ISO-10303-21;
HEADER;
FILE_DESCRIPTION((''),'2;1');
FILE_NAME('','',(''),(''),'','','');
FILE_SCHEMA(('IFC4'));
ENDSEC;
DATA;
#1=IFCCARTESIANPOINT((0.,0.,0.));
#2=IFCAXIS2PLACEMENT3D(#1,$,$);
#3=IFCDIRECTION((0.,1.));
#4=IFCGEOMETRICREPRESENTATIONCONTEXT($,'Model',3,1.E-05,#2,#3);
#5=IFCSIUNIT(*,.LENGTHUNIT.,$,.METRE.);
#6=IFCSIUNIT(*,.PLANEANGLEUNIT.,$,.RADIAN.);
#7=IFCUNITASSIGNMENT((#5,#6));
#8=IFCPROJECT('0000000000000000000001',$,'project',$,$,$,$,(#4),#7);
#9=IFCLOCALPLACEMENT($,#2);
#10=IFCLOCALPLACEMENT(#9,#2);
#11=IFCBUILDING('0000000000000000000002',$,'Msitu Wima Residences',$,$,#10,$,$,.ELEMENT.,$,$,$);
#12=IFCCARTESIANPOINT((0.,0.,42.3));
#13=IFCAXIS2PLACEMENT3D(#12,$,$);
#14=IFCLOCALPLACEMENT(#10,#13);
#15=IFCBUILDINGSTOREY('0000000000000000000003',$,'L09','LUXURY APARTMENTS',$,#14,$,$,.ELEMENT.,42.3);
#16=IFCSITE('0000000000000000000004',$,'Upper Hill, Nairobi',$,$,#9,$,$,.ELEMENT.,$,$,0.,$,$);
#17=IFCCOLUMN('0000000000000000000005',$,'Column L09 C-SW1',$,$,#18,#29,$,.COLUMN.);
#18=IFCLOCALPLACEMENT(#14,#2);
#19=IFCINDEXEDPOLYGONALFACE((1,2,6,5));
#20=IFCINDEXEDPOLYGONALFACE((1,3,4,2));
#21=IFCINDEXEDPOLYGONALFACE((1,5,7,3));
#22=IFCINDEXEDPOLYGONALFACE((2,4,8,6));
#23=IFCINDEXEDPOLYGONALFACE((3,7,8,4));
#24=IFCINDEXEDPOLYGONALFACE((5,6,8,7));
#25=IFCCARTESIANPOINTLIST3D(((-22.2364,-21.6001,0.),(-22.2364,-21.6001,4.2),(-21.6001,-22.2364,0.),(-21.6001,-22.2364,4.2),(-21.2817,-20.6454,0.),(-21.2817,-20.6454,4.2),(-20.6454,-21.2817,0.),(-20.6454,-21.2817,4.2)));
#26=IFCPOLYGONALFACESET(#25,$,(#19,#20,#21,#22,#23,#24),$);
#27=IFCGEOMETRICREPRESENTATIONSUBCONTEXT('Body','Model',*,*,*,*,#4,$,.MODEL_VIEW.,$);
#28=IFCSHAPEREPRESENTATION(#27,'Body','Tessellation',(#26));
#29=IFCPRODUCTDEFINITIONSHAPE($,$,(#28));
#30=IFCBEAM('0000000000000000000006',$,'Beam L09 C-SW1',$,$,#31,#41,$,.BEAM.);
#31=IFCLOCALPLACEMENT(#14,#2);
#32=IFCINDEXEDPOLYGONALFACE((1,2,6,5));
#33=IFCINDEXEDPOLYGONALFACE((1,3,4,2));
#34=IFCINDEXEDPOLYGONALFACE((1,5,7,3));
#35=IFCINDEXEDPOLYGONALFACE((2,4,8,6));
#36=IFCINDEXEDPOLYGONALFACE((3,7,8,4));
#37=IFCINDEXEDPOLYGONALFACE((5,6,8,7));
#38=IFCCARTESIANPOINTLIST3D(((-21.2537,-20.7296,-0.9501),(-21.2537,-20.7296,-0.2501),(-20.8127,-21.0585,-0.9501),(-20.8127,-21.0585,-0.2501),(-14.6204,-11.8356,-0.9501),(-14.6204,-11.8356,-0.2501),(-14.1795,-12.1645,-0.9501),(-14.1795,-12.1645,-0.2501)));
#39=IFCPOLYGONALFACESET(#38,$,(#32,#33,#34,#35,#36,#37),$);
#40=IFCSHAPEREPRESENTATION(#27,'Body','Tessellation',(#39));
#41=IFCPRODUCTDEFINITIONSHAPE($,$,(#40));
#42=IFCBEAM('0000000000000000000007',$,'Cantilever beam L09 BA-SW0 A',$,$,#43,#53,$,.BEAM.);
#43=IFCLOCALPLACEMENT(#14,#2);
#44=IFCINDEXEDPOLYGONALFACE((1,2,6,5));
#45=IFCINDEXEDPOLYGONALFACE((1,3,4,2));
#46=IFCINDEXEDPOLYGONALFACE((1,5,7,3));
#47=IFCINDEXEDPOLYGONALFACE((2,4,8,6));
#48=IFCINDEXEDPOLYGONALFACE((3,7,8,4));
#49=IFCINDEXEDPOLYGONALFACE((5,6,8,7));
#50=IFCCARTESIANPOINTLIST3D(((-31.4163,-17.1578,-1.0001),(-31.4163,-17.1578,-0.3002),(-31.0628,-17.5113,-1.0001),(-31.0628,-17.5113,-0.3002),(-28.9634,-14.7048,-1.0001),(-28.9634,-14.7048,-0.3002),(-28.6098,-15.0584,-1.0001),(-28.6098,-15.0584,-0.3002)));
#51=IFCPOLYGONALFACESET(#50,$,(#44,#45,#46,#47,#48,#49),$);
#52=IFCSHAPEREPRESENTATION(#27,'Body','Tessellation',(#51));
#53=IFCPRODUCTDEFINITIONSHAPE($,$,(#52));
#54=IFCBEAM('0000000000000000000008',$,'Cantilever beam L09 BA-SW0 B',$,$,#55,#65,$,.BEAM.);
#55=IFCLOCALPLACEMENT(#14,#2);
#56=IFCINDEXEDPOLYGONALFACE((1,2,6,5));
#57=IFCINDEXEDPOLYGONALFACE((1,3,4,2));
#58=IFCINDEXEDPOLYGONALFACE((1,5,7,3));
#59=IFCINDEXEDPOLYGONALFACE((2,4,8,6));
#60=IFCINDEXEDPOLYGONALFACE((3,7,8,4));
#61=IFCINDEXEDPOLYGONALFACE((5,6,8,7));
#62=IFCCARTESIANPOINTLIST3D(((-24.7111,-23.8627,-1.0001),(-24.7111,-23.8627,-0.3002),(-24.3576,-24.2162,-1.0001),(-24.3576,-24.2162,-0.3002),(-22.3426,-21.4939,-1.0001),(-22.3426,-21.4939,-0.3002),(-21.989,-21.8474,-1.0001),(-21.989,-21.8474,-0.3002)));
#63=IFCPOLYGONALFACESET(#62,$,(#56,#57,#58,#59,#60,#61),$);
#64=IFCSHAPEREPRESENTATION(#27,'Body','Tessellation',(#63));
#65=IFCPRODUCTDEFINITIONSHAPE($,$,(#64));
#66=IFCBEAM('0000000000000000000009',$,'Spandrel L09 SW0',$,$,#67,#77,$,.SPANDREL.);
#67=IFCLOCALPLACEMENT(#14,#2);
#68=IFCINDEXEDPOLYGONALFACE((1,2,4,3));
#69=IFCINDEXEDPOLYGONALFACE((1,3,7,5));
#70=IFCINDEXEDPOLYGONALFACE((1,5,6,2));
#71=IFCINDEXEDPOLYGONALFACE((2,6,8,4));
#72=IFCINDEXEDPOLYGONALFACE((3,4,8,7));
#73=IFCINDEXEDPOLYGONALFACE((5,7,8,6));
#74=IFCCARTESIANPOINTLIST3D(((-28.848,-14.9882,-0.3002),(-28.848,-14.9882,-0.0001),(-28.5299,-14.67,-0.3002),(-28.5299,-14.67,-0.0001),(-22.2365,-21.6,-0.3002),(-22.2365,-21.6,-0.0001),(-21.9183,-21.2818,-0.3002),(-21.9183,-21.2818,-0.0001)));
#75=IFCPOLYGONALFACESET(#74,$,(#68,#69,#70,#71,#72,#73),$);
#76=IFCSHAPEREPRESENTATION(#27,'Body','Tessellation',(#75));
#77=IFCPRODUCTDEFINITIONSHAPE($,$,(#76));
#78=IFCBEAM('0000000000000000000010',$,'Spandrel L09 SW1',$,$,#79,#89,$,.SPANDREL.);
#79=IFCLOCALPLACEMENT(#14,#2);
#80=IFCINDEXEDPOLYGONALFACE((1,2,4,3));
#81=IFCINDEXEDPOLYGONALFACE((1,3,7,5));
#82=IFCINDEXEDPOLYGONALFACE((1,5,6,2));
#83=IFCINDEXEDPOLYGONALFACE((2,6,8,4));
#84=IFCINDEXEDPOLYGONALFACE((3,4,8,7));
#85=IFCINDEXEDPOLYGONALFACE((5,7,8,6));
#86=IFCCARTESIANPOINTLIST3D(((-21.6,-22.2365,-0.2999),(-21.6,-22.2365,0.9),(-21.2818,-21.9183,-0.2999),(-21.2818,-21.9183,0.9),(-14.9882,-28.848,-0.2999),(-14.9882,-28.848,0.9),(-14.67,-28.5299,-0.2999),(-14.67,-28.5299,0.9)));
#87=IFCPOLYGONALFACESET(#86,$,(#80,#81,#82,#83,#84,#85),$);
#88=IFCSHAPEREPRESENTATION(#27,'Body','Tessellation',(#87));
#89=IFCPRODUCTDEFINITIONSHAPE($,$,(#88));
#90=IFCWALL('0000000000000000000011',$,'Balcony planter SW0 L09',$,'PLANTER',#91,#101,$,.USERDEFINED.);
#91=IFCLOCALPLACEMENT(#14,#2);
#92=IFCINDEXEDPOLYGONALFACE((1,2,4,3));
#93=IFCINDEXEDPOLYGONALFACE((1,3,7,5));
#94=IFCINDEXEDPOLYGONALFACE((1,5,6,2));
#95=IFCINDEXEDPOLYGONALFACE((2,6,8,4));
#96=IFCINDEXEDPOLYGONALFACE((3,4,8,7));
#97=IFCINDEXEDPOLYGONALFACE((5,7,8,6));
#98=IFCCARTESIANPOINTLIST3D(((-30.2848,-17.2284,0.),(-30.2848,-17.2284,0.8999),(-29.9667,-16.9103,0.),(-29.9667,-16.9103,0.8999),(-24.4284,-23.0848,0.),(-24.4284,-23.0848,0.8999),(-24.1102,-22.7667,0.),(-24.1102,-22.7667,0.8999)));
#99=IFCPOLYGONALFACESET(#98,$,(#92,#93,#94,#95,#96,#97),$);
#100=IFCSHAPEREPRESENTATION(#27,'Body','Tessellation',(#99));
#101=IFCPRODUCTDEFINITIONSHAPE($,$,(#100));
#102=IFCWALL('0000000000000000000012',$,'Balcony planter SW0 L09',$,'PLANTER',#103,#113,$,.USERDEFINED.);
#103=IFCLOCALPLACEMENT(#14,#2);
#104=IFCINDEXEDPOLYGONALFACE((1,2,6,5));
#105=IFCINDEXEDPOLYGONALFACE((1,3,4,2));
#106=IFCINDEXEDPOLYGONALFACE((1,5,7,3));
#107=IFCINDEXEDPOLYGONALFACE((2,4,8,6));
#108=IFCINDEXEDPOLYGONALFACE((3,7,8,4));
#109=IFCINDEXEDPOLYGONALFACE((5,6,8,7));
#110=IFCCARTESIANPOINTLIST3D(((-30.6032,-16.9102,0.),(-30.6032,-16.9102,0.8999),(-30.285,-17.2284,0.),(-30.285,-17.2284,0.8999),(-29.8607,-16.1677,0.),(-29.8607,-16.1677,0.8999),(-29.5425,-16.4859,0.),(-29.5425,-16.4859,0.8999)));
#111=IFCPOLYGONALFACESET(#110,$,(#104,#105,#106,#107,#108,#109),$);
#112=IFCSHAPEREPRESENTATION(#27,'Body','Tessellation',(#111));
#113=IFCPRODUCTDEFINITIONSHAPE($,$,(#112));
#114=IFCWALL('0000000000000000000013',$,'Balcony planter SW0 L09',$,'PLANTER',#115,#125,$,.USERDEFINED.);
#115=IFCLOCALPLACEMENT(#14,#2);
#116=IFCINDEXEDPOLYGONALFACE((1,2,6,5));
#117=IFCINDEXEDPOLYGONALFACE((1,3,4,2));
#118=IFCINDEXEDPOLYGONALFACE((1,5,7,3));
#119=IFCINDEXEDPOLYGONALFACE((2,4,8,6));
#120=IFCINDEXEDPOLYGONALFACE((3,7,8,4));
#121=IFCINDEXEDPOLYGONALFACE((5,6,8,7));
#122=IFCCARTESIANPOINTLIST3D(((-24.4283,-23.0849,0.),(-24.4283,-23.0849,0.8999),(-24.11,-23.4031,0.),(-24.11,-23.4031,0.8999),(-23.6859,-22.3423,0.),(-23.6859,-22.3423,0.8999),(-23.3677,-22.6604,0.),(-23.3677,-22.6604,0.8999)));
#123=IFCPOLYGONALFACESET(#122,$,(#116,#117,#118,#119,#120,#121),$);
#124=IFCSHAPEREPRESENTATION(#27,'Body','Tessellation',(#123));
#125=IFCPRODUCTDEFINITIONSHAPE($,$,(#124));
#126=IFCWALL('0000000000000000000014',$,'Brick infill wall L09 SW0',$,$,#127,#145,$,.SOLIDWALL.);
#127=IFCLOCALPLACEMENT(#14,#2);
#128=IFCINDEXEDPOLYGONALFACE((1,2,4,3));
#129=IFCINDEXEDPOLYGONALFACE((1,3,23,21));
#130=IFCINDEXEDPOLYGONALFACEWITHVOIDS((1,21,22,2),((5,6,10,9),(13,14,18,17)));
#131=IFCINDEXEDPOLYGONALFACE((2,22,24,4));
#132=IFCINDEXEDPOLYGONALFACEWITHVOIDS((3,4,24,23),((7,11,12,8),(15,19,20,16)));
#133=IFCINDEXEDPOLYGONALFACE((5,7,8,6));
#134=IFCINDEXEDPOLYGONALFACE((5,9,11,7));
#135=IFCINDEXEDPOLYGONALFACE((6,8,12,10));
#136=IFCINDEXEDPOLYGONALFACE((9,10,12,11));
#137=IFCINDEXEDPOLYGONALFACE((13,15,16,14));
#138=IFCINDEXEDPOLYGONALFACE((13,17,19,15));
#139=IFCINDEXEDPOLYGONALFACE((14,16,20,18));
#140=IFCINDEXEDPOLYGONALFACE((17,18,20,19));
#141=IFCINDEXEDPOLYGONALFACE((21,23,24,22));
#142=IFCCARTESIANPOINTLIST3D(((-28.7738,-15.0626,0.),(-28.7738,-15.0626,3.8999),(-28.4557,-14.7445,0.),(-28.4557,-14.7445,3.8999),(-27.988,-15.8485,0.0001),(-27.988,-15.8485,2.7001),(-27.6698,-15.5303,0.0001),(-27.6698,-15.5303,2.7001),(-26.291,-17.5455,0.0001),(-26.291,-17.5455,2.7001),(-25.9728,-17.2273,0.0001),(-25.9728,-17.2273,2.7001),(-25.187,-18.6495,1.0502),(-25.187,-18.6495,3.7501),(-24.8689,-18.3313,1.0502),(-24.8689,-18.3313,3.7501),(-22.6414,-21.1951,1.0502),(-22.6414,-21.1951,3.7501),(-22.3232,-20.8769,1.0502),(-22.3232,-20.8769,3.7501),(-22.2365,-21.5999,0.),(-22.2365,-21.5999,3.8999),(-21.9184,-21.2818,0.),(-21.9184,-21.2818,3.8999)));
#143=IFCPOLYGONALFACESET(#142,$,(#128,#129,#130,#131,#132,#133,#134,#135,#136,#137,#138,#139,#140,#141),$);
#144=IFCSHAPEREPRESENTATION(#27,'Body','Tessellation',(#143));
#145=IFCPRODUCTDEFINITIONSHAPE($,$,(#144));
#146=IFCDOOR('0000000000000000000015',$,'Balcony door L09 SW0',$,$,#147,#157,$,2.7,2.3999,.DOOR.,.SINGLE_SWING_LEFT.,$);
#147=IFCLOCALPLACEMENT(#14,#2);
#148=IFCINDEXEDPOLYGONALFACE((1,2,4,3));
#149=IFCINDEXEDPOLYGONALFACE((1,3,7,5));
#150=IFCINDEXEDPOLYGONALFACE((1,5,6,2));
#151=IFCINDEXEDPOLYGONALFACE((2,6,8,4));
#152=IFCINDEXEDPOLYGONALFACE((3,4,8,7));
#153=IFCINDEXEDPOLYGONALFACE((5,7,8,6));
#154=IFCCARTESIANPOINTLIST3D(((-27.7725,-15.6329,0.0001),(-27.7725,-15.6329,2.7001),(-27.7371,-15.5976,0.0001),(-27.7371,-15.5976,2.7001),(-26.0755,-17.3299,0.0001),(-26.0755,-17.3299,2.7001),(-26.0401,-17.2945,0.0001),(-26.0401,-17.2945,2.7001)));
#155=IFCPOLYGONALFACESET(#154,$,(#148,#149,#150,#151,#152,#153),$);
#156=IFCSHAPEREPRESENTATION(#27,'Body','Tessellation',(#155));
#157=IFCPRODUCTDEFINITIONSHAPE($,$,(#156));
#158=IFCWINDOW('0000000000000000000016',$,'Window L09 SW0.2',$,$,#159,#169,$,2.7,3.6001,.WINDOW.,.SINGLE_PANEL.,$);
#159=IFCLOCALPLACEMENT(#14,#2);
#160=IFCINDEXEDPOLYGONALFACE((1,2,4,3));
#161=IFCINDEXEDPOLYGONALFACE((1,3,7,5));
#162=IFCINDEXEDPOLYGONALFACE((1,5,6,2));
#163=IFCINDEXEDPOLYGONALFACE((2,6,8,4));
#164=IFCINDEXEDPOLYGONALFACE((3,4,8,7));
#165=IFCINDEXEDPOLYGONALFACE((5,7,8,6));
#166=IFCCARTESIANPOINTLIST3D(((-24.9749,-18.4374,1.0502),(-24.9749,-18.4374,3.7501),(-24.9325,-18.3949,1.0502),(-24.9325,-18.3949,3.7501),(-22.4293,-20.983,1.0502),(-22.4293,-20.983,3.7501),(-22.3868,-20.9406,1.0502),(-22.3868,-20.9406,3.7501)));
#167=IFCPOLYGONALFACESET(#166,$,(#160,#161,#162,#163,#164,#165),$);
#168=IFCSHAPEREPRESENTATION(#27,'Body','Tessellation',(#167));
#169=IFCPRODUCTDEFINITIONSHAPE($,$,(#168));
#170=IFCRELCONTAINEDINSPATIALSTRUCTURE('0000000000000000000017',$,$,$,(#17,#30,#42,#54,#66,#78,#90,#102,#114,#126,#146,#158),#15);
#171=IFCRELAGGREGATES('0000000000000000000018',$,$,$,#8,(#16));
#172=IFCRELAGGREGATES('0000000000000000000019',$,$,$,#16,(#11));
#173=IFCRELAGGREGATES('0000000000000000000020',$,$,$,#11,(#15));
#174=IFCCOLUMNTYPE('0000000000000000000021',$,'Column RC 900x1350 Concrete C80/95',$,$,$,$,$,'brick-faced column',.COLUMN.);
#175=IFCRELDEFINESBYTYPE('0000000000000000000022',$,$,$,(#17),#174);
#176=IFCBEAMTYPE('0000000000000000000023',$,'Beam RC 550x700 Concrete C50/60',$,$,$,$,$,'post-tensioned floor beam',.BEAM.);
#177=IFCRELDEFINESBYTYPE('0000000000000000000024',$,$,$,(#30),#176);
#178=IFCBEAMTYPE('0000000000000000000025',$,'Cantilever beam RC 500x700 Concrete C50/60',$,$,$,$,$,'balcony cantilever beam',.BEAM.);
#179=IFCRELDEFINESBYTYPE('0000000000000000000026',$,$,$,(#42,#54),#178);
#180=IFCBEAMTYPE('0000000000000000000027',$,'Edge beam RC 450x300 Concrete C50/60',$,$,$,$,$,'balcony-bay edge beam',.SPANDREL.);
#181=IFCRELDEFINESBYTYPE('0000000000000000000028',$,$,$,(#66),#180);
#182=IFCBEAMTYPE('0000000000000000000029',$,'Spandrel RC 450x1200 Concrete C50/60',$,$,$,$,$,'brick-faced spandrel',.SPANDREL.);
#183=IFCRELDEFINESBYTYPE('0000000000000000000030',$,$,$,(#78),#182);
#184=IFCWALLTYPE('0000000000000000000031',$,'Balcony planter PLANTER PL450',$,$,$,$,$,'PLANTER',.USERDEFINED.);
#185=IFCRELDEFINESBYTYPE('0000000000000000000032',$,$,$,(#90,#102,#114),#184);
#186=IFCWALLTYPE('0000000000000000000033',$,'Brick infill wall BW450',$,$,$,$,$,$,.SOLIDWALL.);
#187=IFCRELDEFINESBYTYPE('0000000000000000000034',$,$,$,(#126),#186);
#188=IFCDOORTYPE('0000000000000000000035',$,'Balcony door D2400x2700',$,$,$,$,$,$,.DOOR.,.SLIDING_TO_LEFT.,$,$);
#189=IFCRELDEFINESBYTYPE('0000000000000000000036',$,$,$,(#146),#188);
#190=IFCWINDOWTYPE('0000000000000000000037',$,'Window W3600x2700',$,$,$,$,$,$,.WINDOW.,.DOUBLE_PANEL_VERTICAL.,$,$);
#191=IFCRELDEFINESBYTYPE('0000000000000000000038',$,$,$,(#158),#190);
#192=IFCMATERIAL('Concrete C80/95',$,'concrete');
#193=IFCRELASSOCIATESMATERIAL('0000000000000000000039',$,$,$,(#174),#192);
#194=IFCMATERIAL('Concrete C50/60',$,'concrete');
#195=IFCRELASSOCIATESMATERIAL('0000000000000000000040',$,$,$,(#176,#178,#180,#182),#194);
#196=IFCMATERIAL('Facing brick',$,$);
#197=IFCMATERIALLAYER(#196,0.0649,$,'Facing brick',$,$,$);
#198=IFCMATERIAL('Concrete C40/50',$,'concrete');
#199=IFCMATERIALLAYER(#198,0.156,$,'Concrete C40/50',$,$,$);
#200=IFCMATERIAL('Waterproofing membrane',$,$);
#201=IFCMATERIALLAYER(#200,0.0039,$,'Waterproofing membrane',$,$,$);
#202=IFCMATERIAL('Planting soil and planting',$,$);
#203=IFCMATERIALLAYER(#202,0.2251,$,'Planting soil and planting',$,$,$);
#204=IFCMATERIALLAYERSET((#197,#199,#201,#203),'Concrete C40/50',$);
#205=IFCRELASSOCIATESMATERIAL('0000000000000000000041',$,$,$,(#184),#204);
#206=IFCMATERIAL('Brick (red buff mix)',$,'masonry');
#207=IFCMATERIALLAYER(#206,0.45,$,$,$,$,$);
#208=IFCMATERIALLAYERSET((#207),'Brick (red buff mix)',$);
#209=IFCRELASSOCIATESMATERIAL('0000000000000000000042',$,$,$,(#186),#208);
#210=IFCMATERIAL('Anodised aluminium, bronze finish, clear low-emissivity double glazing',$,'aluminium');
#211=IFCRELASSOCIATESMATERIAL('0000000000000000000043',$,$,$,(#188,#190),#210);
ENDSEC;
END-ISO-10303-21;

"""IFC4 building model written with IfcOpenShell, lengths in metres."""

from ifc_helpers import new_model, si_unit, direction, frame, frame_2d, origin, origin_2d, place, context, subcontext, project, spatial, rectangle, extrude, material, layer, layer_set, material_profile, profile_set, type_object, element, fill, save


model = new_model("IFC4")

# Units and contexts
model_context = context("Model", 3, precision=1e-05, world=origin(), true_north=direction((0.0, 1.0)))
body_context = subcontext(model_context, "Body", "Model", "MODEL_VIEW")
ifc_project = project(units=[si_unit("LENGTHUNIT", "METRE"), si_unit("PLANEANGLEUNIT", "RADIAN")], contexts=[model_context])

# Site, building, storey
site_placement = place(None, origin())
site = spatial("IfcSite", under=ifc_project, at=site_placement, Name="Upper Hill, Nairobi", CompositionType="ELEMENT", RefElevation=0.0)
building_placement = place(site_placement, origin())
building = spatial("IfcBuilding", under=site, at=building_placement, Name="Msitu Wima Residences", CompositionType="ELEMENT")
storey_placement = place(building_placement, frame((0.0, 0.0, 42.3)))
storey = spatial("IfcBuildingStorey", under=building, at=storey_placement, Name="L09", Description="LUXURY APARTMENTS", CompositionType="ELEMENT", Elevation=42.3)

# Column
ifc_material_1 = material(Name="Concrete C80/95", Category="concrete")
ifc_material_profile_1 = material_profile(ifc_material_1, rectangle(XDim=0.8999, YDim=1.3501, at=origin_2d()), Name="RC 900x1350")
ifc_profile_set_1 = profile_set([ifc_material_profile_1], Name="Concrete C80/95")
column_type = type_object("IfcColumnType", Name="Column RC 900x1350 Concrete C80/95", ElementType="brick-faced column", PredefinedType="COLUMN", material=ifc_profile_set_1)
column_placement = place(storey_placement, frame((-21.4409, -21.4409, 0.0), z_axis=(0.0, 0.0, 1.0), x_axis=(0.707107, -0.707107, 0.0)))
element("IfcColumn", 1, at=column_placement, inside=storey, type_object=column_type, Name="Column L09 C-SW1", PredefinedType="COLUMN", context=body_context, shape_type="SweptSolid", body=[
    extrude(rectangle(XDim=0.8999, YDim=1.3501, at=origin_2d()), origin(), (0.0, 0.0, 1.0), 4.2),
])

# Beams
ifc_material_2 = material(Name="Concrete C50/60", Category="concrete")
ifc_material_profile_2 = material_profile(ifc_material_2, rectangle(XDim=0.55, YDim=0.7, at=origin_2d()), Name="RC 550x700")
ifc_profile_set_2 = profile_set([ifc_material_profile_2], Name="Concrete C50/60")
beam_type_1 = type_object("IfcBeamType", Name="Beam RC 550x700 Concrete C50/60", ElementType="post-tensioned floor beam", PredefinedType="BEAM", material=ifc_profile_set_2)
beam_1_placement = place(storey_placement, frame((-21.0332, -20.894, -0.6001), z_axis=(0.59785, 0.801608, 0.0), x_axis=(-0.801608, 0.59785, 0.0)))
element("IfcBeam", 2, at=beam_1_placement, inside=storey, type_object=beam_type_1, Name="Beam L09 C-SW1", PredefinedType="BEAM", context=body_context, shape_type="SweptSolid", body=[
    extrude(rectangle(XDim=0.55, YDim=0.7, at=origin_2d()), origin(), (0.0, 0.0, 1.0), 11.0952),
])
ifc_material_profile_3 = material_profile(ifc_material_2, rectangle(XDim=0.5, YDim=0.7, at=origin_2d()), Name="RC 500x700")
ifc_profile_set_3 = profile_set([ifc_material_profile_3], Name="Concrete C50/60")
beam_type_2 = type_object("IfcBeamType", Name="Cantilever beam RC 500x700 Concrete C50/60", ElementType="balcony cantilever beam", PredefinedType="BEAM", material=ifc_profile_set_3)
beam_2_placement = place(storey_placement, frame((-28.7866, -14.8816, -0.6501), z_axis=(-0.707107, -0.707107, 0.0), x_axis=(0.707107, -0.707107, 0.0)))
element("IfcBeam", 3, at=beam_2_placement, inside=storey, type_object=beam_type_2, Name="Cantilever beam L09 BA-SW0 A", PredefinedType="BEAM", context=body_context, shape_type="SweptSolid", body=[
    extrude(rectangle(XDim=0.5, YDim=0.7, at=origin_2d()), origin(), (0.0, 0.0, 1.0), 3.469),
])
beam_3_placement = place(storey_placement, frame((-22.1658, -21.6707, -0.6501), z_axis=(-0.70707, -0.707143, 0.0), x_axis=(0.707143, -0.70707, 0.0)))
element("IfcBeam", 4, at=beam_3_placement, inside=storey, type_object=beam_type_2, Name="Cantilever beam L09 BA-SW0 B", PredefinedType="BEAM", context=body_context, shape_type="SweptSolid", body=[
    extrude(rectangle(XDim=0.5, YDim=0.7, at=origin_2d()), origin(), (0.0, 0.0, 1.0), 3.3499),
])
ifc_material_profile_4 = material_profile(ifc_material_2, rectangle(XDim=0.45, YDim=0.3, at=origin_2d()), Name="RC 450x300")
ifc_profile_set_4 = profile_set([ifc_material_profile_4], Name="Concrete C50/60")
beam_type_3 = type_object("IfcBeamType", Name="Edge beam RC 450x300 Concrete C50/60", ElementType="balcony-bay edge beam", PredefinedType="SPANDREL", material=ifc_profile_set_4)
beam_4_placement = place(storey_placement, frame((-28.689, -14.8291, -0.1501), z_axis=(0.707094, -0.70712, 0.0), x_axis=(0.70712, 0.707094, 0.0)))
element("IfcBeam", 5, at=beam_4_placement, inside=storey, type_object=beam_type_3, Name="Spandrel L09 SW0", PredefinedType="SPANDREL", context=body_context, shape_type="SweptSolid", body=[
    extrude(rectangle(XDim=0.45, YDim=0.3, at=origin_2d()), origin(), (0.0, 0.0, 1.0), 9.3503),
])
ifc_material_profile_5 = material_profile(ifc_material_2, rectangle(XDim=0.45, YDim=1.2, at=origin_2d()), Name="RC 450x1200")
ifc_profile_set_5 = profile_set([ifc_material_profile_5], Name="Concrete C50/60")
beam_type_4 = type_object("IfcBeamType", Name="Spandrel RC 450x1200 Concrete C50/60", ElementType="brick-faced spandrel", PredefinedType="SPANDREL", material=ifc_profile_set_5)
beam_5_placement = place(storey_placement, frame((-21.4409, -22.0774, 0.3), z_axis=(0.70712, -0.707094, 0.0), x_axis=(0.707094, 0.70712, 0.0)))
element("IfcBeam", 6, at=beam_5_placement, inside=storey, type_object=beam_type_4, Name="Spandrel L09 SW1", PredefinedType="SPANDREL", context=body_context, shape_type="SweptSolid", body=[
    extrude(rectangle(XDim=0.45, YDim=1.2, at=origin_2d()), origin(), (0.0, 0.0, 1.0), 9.3503),
])

# Walls
ifc_material_3 = material(Name="Facing brick")
ifc_layer_1 = layer(ifc_material_3, 0.0649, Name="Facing brick")
ifc_material_4 = material(Name="Concrete C40/50", Category="concrete")
ifc_layer_2 = layer(ifc_material_4, 0.156, Name="Concrete C40/50")
ifc_material_5 = material(Name="Waterproofing membrane")
ifc_layer_3 = layer(ifc_material_5, 0.0039, Name="Waterproofing membrane")
ifc_material_6 = material(Name="Planting soil and planting")
ifc_layer_4 = layer(ifc_material_6, 0.2251, Name="Planting soil and planting")
ifc_layer_set_1 = layer_set([ifc_layer_1, ifc_layer_2, ifc_layer_3, ifc_layer_4], Name="Concrete C40/50")
wall_type_1 = type_object("IfcWallType", Name="Balcony planter PLANTER PL450", ElementType="PLANTER", PredefinedType="USERDEFINED", material=ifc_layer_set_1)
wall_1_placement = place(storey_placement, frame((-30.1257, -17.0693, 0.0), z_axis=(0.0, 0.0, 1.0), x_axis=(0.707107, -0.707107, 0.0)))
element("IfcWall", 7, at=wall_1_placement, inside=storey, type_object=wall_type_1, Name="Balcony planter SW0 L09", ObjectType="PLANTER", PredefinedType="USERDEFINED", context=body_context, shape_type="SweptSolid", body=[
    extrude(rectangle(XDim=8.2822, YDim=0.45, at=frame_2d((4.1411, 0.0))), origin(), (0.0, 0.0, 1.0), 0.8999),
])
for number, where, z_axis, x_axis, name in (
    (8, (-29.7017, -16.3269, 0.0), (0.0, 0.0, 1.0), (-0.707107, -0.707107, 0.0), "Balcony planter SW0 L09"),
    (9, (-23.5269, -22.5015, 0.0), (0.0, 0.0, 1.0), (-0.706991, -0.707223, 0.0), "Balcony planter SW0 L09"),
):
    element("IfcWall", number, at=place(storey_placement, frame(where, z_axis=z_axis, x_axis=x_axis)), inside=storey, type_object=wall_type_1, Name=name, ObjectType="PLANTER", PredefinedType="USERDEFINED", context=body_context, shape_type="SweptSolid", body=[
        extrude(rectangle(XDim=1.05, YDim=0.45, at=frame_2d((0.5249, 0.0))), origin(), (0.0, 0.0, 1.0), 0.8999),
    ])

# Wall, openings, door, window
ifc_material_7 = material(Name="Brick (red buff mix)", Category="masonry")
ifc_layer_5 = layer(ifc_material_7, 0.45)
ifc_layer_set_2 = layer_set([ifc_layer_5], Name="Brick (red buff mix)")
wall_type_2 = type_object("IfcWallType", Name="Brick infill wall BW450", PredefinedType="SOLIDWALL", material=ifc_layer_set_2)
wall_2_placement = place(storey_placement, frame((-28.6147, -14.9036, 0.0), z_axis=(0.0, 0.0, 1.0), x_axis=(0.707107, -0.707107, 0.0)))
wall_2 = element("IfcWall", 10, at=wall_2_placement, inside=storey, type_object=wall_type_2, Name="Brick infill wall L09 SW0", PredefinedType="SOLIDWALL", context=body_context, shape_type="SweptSolid", body=[
    extrude(rectangle(XDim=9.2451, YDim=0.45, at=frame_2d((4.6226, 0.0))), origin(), (0.0, 0.0, 1.0), 3.8999),
])
opening_1_placement = place(wall_2_placement, frame((1.1113, 0.0, 0.0)))
opening_1 = element("IfcOpeningElement", 11, at=opening_1_placement, cuts=wall_2, PredefinedType="OPENING", context=body_context, shape_type="SweptSolid", body=[
    extrude(rectangle(XDim=2.3999, YDim=2.7, at=frame_2d((1.2, 1.3501))), frame((0.0, 0.2349, 0.0), z_axis=(0.0, -1.0, 0.0), x_axis=(1.0, 0.0, 0.0)), (0.0, 0.0, 1.0), 0.47),
])
opening_2_placement = place(wall_2_placement, frame((5.0725, 0.0, 1.05)))
opening_2 = element("IfcOpeningElement", 12, at=opening_2_placement, cuts=wall_2, PredefinedType="OPENING", context=body_context, shape_type="SweptSolid", body=[
    extrude(rectangle(XDim=3.6001, YDim=2.7, at=frame_2d((1.8, 1.3501))), frame((0.0, 0.2349, 0.0), z_axis=(0.0, -1.0, 0.0), x_axis=(1.0, 0.0, 0.0)), (0.0, 0.0, 1.0), 0.47),
])
ifc_material_8 = material(Name="Anodised aluminium, bronze finish, clear low-emissivity double glazing", Category="aluminium")
door_type_1 = type_object("IfcDoorType", Name="Balcony door D2400x2700", OperationType="SLIDING_TO_LEFT", PredefinedType="DOOR", material=ifc_material_8)
door_1_placement = place(opening_1_placement, origin())
door_1 = element("IfcDoor", 13, at=door_1_placement, inside=storey, type_object=door_type_1, Name="Balcony door L09 SW0", OperationType="SINGLE_SWING_LEFT", OverallHeight=2.7, OverallWidth=2.3999, PredefinedType="DOOR", context=body_context, shape_type="SweptSolid", body=[
    extrude(rectangle(XDim=2.3999, YDim=2.7, at=frame_2d((1.2, 1.3501))), frame((0.0, 0.1299, 0.0), z_axis=(0.0, -1.0, 0.0), x_axis=(1.0, 0.0, 0.0)), (0.0, 0.0, 1.0), 0.05),
])
fill(opening_1, door_1)
window_type = type_object("IfcWindowType", Name="Window W3600x2700", PartitioningType="DOUBLE_PANEL_VERTICAL", PredefinedType="WINDOW", material=ifc_material_8)
window_1_placement = place(opening_2_placement, origin())
window_1 = element("IfcWindow", 14, at=window_1_placement, inside=storey, type_object=window_type, Name="Window L09 SW0.2", OverallHeight=2.7, OverallWidth=3.6001, PartitioningType="SINGLE_PANEL", PredefinedType="WINDOW", context=body_context, shape_type="SweptSolid", body=[
    extrude(rectangle(XDim=3.6001, YDim=2.7, at=frame_2d((1.8, 1.3501))), frame((0.0, 0.135, 0.0), z_axis=(0.0, -1.0, 0.0), x_axis=(1.0, 0.0, 0.0)), (0.0, 0.0, 1.0), 0.0601),
])
fill(opening_2, window_1)

save(model, "model.ifc")
